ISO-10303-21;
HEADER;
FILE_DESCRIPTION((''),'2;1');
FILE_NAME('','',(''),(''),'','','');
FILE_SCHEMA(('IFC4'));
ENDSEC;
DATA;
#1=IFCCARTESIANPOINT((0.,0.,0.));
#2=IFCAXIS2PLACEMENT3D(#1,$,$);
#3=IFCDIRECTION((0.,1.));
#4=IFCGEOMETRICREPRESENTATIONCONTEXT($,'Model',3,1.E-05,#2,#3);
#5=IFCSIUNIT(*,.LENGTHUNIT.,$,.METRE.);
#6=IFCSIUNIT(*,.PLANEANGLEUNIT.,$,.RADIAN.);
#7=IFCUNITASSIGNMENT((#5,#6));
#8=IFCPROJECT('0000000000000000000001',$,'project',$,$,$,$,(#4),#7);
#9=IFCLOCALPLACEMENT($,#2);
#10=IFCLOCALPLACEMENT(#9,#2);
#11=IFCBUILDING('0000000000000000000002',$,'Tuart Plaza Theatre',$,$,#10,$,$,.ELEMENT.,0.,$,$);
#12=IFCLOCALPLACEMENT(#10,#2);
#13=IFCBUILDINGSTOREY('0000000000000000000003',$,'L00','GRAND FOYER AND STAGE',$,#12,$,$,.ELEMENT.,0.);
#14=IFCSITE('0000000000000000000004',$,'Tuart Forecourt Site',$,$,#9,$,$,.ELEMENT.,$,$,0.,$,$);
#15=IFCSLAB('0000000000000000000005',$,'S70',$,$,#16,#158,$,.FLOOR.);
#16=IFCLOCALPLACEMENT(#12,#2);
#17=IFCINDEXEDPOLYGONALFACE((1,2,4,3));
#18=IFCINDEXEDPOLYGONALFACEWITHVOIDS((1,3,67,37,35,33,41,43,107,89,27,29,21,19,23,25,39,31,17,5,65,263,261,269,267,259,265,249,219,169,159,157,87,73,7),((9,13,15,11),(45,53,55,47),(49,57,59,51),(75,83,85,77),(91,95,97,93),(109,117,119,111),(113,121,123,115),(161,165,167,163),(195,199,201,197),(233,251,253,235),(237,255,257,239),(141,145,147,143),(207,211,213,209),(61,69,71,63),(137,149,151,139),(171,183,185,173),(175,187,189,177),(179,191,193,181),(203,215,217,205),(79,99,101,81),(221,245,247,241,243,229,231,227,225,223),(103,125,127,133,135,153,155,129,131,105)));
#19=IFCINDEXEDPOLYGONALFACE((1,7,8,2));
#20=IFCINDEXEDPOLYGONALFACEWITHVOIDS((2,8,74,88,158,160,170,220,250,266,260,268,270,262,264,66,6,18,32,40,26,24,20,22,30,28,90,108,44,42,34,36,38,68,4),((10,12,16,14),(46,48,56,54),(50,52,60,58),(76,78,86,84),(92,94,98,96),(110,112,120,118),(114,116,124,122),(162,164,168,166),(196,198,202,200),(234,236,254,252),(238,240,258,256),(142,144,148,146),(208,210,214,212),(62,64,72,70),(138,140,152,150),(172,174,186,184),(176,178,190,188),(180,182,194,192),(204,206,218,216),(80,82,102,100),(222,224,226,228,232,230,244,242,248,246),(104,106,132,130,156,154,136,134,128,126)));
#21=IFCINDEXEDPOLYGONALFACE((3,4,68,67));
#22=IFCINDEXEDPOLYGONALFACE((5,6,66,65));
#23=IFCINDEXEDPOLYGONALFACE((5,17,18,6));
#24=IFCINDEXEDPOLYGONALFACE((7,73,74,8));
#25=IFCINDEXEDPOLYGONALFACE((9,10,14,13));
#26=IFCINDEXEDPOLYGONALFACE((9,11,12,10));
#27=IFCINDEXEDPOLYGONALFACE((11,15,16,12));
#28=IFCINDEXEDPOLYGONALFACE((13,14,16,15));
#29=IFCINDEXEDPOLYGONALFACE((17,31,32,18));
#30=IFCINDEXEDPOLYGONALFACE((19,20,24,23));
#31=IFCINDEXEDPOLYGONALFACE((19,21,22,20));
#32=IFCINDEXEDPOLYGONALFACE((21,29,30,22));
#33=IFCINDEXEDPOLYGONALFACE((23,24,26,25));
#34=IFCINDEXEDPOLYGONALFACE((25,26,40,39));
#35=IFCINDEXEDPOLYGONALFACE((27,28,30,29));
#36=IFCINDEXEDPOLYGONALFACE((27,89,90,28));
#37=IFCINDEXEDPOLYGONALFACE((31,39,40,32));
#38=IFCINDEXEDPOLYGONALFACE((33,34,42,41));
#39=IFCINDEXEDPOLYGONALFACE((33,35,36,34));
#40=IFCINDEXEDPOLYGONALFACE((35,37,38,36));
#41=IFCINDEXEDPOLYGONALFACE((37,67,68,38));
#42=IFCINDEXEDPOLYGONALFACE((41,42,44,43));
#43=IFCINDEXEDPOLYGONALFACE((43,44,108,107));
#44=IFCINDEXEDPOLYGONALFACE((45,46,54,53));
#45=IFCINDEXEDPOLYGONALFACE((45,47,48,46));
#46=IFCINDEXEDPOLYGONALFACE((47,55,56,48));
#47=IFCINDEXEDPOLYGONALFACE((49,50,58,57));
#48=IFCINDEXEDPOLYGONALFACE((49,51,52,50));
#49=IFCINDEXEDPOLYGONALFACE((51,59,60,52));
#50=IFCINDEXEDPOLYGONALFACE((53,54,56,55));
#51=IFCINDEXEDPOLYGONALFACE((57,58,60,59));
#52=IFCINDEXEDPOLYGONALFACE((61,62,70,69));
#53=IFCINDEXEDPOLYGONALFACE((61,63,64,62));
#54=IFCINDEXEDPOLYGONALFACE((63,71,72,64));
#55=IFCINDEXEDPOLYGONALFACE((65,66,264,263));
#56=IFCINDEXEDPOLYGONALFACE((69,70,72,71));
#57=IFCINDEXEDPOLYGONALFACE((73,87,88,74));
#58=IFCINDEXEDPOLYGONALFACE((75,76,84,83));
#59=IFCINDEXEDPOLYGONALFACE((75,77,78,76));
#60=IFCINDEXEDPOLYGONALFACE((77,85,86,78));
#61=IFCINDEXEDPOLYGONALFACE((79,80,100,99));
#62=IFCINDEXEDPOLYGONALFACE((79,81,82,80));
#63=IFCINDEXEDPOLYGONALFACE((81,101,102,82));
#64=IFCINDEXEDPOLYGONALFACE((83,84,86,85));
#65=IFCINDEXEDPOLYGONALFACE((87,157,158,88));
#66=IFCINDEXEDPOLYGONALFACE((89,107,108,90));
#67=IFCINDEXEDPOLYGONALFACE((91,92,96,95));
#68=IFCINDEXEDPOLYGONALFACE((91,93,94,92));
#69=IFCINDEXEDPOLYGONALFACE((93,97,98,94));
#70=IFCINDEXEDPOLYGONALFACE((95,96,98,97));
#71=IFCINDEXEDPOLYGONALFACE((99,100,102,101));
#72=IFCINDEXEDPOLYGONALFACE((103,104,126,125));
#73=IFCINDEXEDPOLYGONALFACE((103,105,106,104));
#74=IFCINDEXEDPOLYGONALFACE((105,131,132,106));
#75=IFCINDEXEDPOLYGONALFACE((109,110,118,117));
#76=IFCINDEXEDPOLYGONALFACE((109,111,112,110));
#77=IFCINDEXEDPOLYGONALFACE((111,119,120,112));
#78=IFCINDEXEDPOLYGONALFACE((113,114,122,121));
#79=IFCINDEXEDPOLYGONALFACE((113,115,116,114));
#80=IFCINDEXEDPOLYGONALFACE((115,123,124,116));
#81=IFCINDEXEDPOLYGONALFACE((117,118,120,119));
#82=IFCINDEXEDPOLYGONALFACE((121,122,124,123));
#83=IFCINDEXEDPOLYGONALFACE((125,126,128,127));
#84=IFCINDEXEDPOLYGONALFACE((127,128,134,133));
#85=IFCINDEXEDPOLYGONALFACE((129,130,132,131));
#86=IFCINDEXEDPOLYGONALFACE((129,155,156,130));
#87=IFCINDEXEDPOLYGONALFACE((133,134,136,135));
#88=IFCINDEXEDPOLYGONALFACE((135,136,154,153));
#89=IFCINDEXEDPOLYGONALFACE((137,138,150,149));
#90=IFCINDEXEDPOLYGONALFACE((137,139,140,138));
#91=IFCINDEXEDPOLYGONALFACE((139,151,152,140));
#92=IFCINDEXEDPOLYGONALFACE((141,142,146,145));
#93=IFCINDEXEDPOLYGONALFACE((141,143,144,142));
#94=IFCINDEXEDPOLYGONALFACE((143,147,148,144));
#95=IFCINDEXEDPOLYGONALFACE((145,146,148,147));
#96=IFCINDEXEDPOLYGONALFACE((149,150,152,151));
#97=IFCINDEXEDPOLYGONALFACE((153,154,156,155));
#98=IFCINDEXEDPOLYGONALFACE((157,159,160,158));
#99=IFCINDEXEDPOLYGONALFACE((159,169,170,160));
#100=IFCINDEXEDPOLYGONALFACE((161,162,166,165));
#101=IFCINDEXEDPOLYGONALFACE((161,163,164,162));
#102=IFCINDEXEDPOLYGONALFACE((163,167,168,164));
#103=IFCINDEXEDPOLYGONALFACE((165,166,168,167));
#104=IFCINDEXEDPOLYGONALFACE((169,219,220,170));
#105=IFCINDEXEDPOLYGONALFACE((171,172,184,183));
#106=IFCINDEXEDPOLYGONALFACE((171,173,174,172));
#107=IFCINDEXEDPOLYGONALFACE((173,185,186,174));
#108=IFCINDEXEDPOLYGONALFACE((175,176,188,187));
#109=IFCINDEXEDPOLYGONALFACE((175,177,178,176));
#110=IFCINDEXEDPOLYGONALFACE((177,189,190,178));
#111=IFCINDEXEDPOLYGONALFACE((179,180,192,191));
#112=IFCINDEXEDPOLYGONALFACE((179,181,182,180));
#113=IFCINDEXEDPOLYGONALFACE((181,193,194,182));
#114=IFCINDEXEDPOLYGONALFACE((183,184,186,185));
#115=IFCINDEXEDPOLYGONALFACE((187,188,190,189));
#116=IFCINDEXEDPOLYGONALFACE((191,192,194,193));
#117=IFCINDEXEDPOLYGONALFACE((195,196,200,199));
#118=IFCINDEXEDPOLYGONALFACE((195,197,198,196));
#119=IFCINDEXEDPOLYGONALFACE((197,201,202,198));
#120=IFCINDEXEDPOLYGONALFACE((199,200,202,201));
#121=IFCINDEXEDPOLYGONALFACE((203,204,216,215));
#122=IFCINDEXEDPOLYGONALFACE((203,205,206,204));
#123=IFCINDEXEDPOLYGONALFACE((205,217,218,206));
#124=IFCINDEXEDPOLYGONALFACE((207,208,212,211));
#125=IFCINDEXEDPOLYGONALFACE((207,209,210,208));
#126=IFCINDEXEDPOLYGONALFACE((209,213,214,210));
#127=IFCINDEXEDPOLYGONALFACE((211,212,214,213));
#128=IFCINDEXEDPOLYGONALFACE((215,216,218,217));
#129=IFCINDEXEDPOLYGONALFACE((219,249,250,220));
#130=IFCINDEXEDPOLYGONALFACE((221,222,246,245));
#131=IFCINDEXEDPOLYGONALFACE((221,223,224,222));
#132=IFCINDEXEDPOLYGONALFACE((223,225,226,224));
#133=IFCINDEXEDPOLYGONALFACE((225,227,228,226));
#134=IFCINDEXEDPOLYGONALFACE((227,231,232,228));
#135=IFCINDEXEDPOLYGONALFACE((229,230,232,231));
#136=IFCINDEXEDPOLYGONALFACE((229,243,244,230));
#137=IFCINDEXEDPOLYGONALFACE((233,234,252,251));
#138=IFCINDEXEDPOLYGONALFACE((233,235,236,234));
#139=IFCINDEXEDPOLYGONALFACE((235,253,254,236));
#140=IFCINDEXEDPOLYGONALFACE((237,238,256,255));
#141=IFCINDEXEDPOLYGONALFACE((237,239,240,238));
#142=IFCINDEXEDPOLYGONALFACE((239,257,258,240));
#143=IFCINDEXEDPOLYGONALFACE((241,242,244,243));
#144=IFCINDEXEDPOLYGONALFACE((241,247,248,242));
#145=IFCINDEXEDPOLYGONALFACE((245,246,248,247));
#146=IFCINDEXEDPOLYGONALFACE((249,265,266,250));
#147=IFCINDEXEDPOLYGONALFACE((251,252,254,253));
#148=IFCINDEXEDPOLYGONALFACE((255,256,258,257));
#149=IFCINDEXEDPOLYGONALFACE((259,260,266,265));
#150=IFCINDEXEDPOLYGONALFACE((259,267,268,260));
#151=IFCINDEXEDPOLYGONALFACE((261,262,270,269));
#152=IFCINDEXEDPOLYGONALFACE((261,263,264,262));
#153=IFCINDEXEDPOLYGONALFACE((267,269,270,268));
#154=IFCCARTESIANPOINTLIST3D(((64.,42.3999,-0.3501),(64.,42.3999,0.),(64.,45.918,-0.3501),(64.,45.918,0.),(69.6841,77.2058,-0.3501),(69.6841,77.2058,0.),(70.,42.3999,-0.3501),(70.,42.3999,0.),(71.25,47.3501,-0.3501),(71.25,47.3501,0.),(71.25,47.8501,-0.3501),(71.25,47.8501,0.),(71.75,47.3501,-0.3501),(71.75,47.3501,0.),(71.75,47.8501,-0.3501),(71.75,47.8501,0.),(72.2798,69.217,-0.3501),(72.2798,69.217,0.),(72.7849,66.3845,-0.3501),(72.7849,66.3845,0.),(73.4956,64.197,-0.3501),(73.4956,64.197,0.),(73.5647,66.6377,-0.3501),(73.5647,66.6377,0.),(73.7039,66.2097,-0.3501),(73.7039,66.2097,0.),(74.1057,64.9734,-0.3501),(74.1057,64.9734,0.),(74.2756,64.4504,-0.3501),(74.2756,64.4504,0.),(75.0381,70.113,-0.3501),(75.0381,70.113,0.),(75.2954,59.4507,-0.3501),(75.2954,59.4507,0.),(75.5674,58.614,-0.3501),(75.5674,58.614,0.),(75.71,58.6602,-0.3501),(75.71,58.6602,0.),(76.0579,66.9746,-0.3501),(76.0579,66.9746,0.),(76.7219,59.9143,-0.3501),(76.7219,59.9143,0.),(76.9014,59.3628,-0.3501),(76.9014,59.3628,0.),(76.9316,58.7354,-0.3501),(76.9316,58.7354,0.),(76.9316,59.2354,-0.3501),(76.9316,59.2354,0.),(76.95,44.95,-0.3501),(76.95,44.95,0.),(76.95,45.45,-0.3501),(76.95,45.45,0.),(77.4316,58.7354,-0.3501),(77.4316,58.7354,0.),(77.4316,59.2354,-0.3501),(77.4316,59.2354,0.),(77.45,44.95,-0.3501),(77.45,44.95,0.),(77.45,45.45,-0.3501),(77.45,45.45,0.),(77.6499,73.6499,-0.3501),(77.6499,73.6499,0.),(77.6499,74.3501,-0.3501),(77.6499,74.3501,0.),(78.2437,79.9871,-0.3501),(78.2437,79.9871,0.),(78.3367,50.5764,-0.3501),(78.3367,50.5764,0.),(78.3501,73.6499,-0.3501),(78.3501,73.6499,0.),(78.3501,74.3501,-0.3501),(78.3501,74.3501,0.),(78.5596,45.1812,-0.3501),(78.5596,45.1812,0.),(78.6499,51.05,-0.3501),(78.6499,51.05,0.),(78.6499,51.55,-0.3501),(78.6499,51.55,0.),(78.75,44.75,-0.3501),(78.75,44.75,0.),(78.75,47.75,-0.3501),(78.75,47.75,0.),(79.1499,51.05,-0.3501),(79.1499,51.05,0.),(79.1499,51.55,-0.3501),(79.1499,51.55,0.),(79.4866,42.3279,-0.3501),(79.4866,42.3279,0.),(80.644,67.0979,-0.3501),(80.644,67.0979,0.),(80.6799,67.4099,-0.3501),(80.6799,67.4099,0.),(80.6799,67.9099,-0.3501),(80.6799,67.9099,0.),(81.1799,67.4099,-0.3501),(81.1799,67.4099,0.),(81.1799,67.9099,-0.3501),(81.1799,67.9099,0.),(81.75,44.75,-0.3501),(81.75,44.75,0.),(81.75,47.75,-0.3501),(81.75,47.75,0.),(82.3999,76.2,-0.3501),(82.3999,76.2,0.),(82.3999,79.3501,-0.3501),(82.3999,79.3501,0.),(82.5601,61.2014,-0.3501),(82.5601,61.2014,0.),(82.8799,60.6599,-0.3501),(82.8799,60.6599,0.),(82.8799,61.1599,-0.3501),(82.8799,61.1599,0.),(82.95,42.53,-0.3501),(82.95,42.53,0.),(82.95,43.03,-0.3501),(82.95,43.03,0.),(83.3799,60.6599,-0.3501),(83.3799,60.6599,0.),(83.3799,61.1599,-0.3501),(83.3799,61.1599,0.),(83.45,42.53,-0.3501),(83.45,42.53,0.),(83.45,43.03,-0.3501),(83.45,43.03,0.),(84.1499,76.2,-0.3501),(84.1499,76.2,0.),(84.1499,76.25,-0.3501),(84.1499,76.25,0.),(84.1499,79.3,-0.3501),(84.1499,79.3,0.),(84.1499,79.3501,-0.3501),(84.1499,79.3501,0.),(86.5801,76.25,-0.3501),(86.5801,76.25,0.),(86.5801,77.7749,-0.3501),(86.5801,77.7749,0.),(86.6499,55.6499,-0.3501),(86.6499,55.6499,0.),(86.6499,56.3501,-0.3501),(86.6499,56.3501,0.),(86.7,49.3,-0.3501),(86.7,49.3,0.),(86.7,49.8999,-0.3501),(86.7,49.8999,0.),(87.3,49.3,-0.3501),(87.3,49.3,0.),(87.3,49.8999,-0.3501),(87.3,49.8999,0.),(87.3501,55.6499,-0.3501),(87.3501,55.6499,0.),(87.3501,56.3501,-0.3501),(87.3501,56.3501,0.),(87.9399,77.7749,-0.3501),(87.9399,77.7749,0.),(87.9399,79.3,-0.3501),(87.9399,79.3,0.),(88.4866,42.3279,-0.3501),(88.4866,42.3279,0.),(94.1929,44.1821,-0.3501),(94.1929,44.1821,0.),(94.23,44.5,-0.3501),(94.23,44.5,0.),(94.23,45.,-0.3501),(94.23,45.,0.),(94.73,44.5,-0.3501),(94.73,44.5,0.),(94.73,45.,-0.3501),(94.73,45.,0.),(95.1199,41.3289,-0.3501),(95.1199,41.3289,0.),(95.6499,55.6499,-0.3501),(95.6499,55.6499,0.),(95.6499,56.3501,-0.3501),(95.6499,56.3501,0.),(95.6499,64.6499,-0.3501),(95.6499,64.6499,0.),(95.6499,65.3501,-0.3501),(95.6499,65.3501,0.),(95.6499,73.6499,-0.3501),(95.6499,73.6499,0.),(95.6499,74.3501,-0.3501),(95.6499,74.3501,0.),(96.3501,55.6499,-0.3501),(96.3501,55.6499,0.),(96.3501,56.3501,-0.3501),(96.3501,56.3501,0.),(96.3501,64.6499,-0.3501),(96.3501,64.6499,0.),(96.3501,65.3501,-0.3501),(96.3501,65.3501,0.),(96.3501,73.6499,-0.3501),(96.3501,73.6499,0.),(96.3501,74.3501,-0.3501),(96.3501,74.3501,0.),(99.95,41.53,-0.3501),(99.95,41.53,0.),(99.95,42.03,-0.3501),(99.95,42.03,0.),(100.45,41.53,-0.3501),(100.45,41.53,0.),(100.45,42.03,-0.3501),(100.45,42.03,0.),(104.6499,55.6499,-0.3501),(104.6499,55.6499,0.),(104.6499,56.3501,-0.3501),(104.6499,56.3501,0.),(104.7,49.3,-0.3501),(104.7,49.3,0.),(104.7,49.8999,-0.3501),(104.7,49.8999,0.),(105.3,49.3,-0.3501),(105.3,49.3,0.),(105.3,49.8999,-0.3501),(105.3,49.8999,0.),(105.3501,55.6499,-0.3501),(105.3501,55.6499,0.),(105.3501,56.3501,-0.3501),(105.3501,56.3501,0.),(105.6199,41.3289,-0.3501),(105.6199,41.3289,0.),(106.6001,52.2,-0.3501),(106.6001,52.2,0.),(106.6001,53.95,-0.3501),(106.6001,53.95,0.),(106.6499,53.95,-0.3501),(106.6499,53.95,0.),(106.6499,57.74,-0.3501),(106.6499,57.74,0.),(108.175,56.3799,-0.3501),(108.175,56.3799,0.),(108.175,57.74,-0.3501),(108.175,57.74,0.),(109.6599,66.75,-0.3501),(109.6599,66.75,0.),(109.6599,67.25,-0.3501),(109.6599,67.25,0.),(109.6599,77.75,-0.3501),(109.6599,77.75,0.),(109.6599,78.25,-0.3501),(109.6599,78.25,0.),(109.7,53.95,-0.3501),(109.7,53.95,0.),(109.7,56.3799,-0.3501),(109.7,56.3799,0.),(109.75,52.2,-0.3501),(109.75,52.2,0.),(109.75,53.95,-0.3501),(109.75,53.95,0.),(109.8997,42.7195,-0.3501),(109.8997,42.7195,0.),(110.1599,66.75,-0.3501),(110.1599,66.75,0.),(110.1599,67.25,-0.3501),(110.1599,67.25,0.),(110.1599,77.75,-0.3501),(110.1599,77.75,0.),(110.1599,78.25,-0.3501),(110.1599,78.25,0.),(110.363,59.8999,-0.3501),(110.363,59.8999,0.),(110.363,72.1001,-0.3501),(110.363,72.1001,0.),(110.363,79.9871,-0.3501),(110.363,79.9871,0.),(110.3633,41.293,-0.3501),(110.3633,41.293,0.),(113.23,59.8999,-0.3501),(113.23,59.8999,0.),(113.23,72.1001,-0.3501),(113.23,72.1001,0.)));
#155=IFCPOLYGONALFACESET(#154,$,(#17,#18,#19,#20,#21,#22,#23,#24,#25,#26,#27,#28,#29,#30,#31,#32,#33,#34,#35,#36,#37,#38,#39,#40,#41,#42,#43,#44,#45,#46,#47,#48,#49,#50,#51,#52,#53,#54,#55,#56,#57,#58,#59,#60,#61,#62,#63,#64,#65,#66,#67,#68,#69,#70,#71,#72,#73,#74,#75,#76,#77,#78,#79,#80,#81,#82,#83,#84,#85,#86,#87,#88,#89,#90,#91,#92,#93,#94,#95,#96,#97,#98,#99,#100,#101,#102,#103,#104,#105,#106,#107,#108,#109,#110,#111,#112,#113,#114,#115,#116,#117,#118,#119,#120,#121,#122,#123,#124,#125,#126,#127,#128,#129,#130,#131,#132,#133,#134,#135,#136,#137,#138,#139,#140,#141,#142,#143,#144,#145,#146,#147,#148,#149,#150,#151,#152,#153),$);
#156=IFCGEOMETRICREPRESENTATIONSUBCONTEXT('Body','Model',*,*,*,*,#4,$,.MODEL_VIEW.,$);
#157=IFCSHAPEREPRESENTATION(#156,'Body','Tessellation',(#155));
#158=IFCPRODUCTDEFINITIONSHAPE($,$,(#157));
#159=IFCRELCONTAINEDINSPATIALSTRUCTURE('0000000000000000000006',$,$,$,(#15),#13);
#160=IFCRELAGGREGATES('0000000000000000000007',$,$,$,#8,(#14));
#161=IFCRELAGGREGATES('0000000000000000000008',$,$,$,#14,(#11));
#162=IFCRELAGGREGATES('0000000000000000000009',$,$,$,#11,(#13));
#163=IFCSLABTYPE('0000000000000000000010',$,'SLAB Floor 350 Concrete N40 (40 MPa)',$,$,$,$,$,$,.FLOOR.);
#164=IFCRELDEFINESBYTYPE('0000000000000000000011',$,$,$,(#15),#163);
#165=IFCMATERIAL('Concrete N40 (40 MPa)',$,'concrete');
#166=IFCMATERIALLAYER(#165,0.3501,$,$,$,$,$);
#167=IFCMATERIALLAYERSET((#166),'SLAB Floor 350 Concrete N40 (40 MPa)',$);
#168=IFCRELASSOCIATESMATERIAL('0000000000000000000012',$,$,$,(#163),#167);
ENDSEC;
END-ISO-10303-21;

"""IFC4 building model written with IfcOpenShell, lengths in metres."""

from ifc_helpers import new_model, si_unit, direction, frame, origin, place, context, subcontext, project, spatial, polyline, outline, extrude, material, layer, layer_set, type_object, element, save


model = new_model("IFC4")

# Units and contexts
model_context = context("Model", 3, precision=1e-05, world=origin(), true_north=direction((0.0, 1.0)))
body_context = subcontext(model_context, "Body", "Model", "MODEL_VIEW")
ifc_project = project(units=[si_unit("LENGTHUNIT", "METRE"), si_unit("PLANEANGLEUNIT", "RADIAN")], contexts=[model_context])

# Site, building, storey
site_placement = place(None, origin())
site = spatial("IfcSite", under=ifc_project, at=site_placement, Name="Tuart Forecourt Site", CompositionType="ELEMENT", RefElevation=0.0)
building_placement = place(site_placement, origin())
building = spatial("IfcBuilding", under=site, at=building_placement, Name="Tuart Plaza Theatre", CompositionType="ELEMENT", ElevationOfRefHeight=0.0)
storey_placement = place(building_placement, origin())
storey = spatial("IfcBuildingStorey", under=building, at=storey_placement, Name="L00", Description="GRAND FOYER AND STAGE", CompositionType="ELEMENT", Elevation=0.0)

# Slab
ifc_material_1 = material(Name="Concrete N40 (40 MPa)", Category="concrete")
ifc_layer_1 = layer(ifc_material_1, 0.3501)
ifc_layer_set_1 = layer_set([ifc_layer_1], Name="SLAB Floor 350 Concrete N40 (40 MPa)")
slab_type_1 = type_object("IfcSlabType", Name="SLAB Floor 350 Concrete N40 (40 MPa)", PredefinedType="FLOOR", material=ifc_layer_set_1)
slab_1_placement = place(storey_placement, frame((0.0, 0.0, -0.3501)))
element("IfcSlab", 1, at=slab_1_placement, inside=storey, type_object=slab_type_1, Name="S70", PredefinedType="FLOOR", context=body_context, shape_type="SweptSolid", body=[
    extrude(outline(polyline([(75.5674, 58.614), (75.71, 58.6602), (78.3367, 50.5764), (64.0, 45.918), (64.0, 42.3999), (70.0, 42.3999), (78.5596, 45.1812), (79.4866, 42.3279), (88.4866, 42.3279), (94.1929, 44.1821), (95.1199, 41.3289), (105.6199, 41.3289), (109.8997, 42.7195), (110.3633, 41.293), (110.363, 59.8999), (113.23, 59.8999), (113.23, 72.1001), (110.363, 72.1001), (110.363, 79.9871), (78.2437, 79.9871), (69.6841, 77.2058), (72.2798, 69.217), (75.0381, 70.113), (76.0579, 66.9746), (73.7039, 66.2097), (73.5647, 66.6377), (72.7849, 66.3845), (73.4956, 64.197), (74.2756, 64.4504), (74.1057, 64.9734), (80.644, 67.0979), (82.5601, 61.2014), (76.9014, 59.3628), (76.7219, 59.9143), (75.2954, 59.4507), (75.5674, 58.614)]), holes=[polyline([(77.45, 44.95), (77.45, 45.45), (76.95, 45.45), (76.95, 44.95), (77.45, 44.95)]), polyline([(78.75, 44.75), (81.75, 44.75), (81.75, 47.75), (78.75, 47.75), (78.75, 44.75)]), polyline([(76.9316, 59.2354), (76.9316, 58.7354), (77.4316, 58.7354), (77.4316, 59.2354), (76.9316, 59.2354)]), polyline([(109.6599, 78.25), (109.6599, 77.75), (110.1599, 77.75), (110.1599, 78.25), (109.6599, 78.25)]), polyline([(109.6599, 66.75), (110.1599, 66.75), (110.1599, 67.25), (109.6599, 67.25), (109.6599, 66.75)]), polyline([(106.6001, 53.95), (106.6001, 52.2), (109.75, 52.2), (109.75, 53.95), (109.7, 53.95), (109.7, 56.3799), (108.175, 56.3799), (108.175, 57.74), (106.6499, 57.74), (106.6499, 53.95), (106.6001, 53.95)]), polyline([(104.6499, 56.3501), (104.6499, 55.6499), (105.3501, 55.6499), (105.3501, 56.3501), (104.6499, 56.3501)]), polyline([(104.7, 49.3), (105.3, 49.3), (105.3, 49.8999), (104.7, 49.8999), (104.7, 49.3)]), polyline([(99.95, 41.53), (100.45, 41.53), (100.45, 42.03), (99.95, 42.03), (99.95, 41.53)]), polyline([(95.6499, 55.6499), (96.3501, 55.6499), (96.3501, 56.3501), (95.6499, 56.3501), (95.6499, 55.6499)]), polyline([(95.6499, 65.3501), (95.6499, 64.6499), (96.3501, 64.6499), (96.3501, 65.3501), (95.6499, 65.3501)]), polyline([(95.6499, 74.3501), (95.6499, 73.6499), (96.3501, 73.6499), (96.3501, 74.3501), (95.6499, 74.3501)]), polyline([(94.23, 44.5), (94.73, 44.5), (94.73, 45.0), (94.23, 45.0), (94.23, 44.5)]), polyline([(84.1499, 76.2), (84.1499, 76.25), (86.5801, 76.25), (86.5801, 77.7749), (87.9399, 77.7749), (87.9399, 79.3), (84.1499, 79.3), (84.1499, 79.3501), (82.3999, 79.3501), (82.3999, 76.2), (84.1499, 76.2)]), polyline([(86.6499, 56.3501), (86.6499, 55.6499), (87.3501, 55.6499), (87.3501, 56.3501), (86.6499, 56.3501)]), polyline([(86.7, 49.8999), (86.7, 49.3), (87.3, 49.3), (87.3, 49.8999), (86.7, 49.8999)]), polyline([(82.95, 42.53), (83.45, 42.53), (83.45, 43.03), (82.95, 43.03), (82.95, 42.53)]), polyline([(82.8799, 61.1599), (82.8799, 60.6599), (83.3799, 60.6599), (83.3799, 61.1599), (82.8799, 61.1599)]), polyline([(80.6799, 67.4099), (81.1799, 67.4099), (81.1799, 67.9099), (80.6799, 67.9099), (80.6799, 67.4099)]), polyline([(78.6499, 51.05), (79.1499, 51.05), (79.1499, 51.55), (78.6499, 51.55), (78.6499, 51.05)]), polyline([(77.6499, 74.3501), (77.6499, 73.6499), (78.3501, 73.6499), (78.3501, 74.3501), (77.6499, 74.3501)]), polyline([(71.25, 47.8501), (71.25, 47.3501), (71.75, 47.3501), (71.75, 47.8501), (71.25, 47.8501)])]), origin(), (0.0, 0.0, 1.0), 0.3501),
])

save(model, "model.ifc")
